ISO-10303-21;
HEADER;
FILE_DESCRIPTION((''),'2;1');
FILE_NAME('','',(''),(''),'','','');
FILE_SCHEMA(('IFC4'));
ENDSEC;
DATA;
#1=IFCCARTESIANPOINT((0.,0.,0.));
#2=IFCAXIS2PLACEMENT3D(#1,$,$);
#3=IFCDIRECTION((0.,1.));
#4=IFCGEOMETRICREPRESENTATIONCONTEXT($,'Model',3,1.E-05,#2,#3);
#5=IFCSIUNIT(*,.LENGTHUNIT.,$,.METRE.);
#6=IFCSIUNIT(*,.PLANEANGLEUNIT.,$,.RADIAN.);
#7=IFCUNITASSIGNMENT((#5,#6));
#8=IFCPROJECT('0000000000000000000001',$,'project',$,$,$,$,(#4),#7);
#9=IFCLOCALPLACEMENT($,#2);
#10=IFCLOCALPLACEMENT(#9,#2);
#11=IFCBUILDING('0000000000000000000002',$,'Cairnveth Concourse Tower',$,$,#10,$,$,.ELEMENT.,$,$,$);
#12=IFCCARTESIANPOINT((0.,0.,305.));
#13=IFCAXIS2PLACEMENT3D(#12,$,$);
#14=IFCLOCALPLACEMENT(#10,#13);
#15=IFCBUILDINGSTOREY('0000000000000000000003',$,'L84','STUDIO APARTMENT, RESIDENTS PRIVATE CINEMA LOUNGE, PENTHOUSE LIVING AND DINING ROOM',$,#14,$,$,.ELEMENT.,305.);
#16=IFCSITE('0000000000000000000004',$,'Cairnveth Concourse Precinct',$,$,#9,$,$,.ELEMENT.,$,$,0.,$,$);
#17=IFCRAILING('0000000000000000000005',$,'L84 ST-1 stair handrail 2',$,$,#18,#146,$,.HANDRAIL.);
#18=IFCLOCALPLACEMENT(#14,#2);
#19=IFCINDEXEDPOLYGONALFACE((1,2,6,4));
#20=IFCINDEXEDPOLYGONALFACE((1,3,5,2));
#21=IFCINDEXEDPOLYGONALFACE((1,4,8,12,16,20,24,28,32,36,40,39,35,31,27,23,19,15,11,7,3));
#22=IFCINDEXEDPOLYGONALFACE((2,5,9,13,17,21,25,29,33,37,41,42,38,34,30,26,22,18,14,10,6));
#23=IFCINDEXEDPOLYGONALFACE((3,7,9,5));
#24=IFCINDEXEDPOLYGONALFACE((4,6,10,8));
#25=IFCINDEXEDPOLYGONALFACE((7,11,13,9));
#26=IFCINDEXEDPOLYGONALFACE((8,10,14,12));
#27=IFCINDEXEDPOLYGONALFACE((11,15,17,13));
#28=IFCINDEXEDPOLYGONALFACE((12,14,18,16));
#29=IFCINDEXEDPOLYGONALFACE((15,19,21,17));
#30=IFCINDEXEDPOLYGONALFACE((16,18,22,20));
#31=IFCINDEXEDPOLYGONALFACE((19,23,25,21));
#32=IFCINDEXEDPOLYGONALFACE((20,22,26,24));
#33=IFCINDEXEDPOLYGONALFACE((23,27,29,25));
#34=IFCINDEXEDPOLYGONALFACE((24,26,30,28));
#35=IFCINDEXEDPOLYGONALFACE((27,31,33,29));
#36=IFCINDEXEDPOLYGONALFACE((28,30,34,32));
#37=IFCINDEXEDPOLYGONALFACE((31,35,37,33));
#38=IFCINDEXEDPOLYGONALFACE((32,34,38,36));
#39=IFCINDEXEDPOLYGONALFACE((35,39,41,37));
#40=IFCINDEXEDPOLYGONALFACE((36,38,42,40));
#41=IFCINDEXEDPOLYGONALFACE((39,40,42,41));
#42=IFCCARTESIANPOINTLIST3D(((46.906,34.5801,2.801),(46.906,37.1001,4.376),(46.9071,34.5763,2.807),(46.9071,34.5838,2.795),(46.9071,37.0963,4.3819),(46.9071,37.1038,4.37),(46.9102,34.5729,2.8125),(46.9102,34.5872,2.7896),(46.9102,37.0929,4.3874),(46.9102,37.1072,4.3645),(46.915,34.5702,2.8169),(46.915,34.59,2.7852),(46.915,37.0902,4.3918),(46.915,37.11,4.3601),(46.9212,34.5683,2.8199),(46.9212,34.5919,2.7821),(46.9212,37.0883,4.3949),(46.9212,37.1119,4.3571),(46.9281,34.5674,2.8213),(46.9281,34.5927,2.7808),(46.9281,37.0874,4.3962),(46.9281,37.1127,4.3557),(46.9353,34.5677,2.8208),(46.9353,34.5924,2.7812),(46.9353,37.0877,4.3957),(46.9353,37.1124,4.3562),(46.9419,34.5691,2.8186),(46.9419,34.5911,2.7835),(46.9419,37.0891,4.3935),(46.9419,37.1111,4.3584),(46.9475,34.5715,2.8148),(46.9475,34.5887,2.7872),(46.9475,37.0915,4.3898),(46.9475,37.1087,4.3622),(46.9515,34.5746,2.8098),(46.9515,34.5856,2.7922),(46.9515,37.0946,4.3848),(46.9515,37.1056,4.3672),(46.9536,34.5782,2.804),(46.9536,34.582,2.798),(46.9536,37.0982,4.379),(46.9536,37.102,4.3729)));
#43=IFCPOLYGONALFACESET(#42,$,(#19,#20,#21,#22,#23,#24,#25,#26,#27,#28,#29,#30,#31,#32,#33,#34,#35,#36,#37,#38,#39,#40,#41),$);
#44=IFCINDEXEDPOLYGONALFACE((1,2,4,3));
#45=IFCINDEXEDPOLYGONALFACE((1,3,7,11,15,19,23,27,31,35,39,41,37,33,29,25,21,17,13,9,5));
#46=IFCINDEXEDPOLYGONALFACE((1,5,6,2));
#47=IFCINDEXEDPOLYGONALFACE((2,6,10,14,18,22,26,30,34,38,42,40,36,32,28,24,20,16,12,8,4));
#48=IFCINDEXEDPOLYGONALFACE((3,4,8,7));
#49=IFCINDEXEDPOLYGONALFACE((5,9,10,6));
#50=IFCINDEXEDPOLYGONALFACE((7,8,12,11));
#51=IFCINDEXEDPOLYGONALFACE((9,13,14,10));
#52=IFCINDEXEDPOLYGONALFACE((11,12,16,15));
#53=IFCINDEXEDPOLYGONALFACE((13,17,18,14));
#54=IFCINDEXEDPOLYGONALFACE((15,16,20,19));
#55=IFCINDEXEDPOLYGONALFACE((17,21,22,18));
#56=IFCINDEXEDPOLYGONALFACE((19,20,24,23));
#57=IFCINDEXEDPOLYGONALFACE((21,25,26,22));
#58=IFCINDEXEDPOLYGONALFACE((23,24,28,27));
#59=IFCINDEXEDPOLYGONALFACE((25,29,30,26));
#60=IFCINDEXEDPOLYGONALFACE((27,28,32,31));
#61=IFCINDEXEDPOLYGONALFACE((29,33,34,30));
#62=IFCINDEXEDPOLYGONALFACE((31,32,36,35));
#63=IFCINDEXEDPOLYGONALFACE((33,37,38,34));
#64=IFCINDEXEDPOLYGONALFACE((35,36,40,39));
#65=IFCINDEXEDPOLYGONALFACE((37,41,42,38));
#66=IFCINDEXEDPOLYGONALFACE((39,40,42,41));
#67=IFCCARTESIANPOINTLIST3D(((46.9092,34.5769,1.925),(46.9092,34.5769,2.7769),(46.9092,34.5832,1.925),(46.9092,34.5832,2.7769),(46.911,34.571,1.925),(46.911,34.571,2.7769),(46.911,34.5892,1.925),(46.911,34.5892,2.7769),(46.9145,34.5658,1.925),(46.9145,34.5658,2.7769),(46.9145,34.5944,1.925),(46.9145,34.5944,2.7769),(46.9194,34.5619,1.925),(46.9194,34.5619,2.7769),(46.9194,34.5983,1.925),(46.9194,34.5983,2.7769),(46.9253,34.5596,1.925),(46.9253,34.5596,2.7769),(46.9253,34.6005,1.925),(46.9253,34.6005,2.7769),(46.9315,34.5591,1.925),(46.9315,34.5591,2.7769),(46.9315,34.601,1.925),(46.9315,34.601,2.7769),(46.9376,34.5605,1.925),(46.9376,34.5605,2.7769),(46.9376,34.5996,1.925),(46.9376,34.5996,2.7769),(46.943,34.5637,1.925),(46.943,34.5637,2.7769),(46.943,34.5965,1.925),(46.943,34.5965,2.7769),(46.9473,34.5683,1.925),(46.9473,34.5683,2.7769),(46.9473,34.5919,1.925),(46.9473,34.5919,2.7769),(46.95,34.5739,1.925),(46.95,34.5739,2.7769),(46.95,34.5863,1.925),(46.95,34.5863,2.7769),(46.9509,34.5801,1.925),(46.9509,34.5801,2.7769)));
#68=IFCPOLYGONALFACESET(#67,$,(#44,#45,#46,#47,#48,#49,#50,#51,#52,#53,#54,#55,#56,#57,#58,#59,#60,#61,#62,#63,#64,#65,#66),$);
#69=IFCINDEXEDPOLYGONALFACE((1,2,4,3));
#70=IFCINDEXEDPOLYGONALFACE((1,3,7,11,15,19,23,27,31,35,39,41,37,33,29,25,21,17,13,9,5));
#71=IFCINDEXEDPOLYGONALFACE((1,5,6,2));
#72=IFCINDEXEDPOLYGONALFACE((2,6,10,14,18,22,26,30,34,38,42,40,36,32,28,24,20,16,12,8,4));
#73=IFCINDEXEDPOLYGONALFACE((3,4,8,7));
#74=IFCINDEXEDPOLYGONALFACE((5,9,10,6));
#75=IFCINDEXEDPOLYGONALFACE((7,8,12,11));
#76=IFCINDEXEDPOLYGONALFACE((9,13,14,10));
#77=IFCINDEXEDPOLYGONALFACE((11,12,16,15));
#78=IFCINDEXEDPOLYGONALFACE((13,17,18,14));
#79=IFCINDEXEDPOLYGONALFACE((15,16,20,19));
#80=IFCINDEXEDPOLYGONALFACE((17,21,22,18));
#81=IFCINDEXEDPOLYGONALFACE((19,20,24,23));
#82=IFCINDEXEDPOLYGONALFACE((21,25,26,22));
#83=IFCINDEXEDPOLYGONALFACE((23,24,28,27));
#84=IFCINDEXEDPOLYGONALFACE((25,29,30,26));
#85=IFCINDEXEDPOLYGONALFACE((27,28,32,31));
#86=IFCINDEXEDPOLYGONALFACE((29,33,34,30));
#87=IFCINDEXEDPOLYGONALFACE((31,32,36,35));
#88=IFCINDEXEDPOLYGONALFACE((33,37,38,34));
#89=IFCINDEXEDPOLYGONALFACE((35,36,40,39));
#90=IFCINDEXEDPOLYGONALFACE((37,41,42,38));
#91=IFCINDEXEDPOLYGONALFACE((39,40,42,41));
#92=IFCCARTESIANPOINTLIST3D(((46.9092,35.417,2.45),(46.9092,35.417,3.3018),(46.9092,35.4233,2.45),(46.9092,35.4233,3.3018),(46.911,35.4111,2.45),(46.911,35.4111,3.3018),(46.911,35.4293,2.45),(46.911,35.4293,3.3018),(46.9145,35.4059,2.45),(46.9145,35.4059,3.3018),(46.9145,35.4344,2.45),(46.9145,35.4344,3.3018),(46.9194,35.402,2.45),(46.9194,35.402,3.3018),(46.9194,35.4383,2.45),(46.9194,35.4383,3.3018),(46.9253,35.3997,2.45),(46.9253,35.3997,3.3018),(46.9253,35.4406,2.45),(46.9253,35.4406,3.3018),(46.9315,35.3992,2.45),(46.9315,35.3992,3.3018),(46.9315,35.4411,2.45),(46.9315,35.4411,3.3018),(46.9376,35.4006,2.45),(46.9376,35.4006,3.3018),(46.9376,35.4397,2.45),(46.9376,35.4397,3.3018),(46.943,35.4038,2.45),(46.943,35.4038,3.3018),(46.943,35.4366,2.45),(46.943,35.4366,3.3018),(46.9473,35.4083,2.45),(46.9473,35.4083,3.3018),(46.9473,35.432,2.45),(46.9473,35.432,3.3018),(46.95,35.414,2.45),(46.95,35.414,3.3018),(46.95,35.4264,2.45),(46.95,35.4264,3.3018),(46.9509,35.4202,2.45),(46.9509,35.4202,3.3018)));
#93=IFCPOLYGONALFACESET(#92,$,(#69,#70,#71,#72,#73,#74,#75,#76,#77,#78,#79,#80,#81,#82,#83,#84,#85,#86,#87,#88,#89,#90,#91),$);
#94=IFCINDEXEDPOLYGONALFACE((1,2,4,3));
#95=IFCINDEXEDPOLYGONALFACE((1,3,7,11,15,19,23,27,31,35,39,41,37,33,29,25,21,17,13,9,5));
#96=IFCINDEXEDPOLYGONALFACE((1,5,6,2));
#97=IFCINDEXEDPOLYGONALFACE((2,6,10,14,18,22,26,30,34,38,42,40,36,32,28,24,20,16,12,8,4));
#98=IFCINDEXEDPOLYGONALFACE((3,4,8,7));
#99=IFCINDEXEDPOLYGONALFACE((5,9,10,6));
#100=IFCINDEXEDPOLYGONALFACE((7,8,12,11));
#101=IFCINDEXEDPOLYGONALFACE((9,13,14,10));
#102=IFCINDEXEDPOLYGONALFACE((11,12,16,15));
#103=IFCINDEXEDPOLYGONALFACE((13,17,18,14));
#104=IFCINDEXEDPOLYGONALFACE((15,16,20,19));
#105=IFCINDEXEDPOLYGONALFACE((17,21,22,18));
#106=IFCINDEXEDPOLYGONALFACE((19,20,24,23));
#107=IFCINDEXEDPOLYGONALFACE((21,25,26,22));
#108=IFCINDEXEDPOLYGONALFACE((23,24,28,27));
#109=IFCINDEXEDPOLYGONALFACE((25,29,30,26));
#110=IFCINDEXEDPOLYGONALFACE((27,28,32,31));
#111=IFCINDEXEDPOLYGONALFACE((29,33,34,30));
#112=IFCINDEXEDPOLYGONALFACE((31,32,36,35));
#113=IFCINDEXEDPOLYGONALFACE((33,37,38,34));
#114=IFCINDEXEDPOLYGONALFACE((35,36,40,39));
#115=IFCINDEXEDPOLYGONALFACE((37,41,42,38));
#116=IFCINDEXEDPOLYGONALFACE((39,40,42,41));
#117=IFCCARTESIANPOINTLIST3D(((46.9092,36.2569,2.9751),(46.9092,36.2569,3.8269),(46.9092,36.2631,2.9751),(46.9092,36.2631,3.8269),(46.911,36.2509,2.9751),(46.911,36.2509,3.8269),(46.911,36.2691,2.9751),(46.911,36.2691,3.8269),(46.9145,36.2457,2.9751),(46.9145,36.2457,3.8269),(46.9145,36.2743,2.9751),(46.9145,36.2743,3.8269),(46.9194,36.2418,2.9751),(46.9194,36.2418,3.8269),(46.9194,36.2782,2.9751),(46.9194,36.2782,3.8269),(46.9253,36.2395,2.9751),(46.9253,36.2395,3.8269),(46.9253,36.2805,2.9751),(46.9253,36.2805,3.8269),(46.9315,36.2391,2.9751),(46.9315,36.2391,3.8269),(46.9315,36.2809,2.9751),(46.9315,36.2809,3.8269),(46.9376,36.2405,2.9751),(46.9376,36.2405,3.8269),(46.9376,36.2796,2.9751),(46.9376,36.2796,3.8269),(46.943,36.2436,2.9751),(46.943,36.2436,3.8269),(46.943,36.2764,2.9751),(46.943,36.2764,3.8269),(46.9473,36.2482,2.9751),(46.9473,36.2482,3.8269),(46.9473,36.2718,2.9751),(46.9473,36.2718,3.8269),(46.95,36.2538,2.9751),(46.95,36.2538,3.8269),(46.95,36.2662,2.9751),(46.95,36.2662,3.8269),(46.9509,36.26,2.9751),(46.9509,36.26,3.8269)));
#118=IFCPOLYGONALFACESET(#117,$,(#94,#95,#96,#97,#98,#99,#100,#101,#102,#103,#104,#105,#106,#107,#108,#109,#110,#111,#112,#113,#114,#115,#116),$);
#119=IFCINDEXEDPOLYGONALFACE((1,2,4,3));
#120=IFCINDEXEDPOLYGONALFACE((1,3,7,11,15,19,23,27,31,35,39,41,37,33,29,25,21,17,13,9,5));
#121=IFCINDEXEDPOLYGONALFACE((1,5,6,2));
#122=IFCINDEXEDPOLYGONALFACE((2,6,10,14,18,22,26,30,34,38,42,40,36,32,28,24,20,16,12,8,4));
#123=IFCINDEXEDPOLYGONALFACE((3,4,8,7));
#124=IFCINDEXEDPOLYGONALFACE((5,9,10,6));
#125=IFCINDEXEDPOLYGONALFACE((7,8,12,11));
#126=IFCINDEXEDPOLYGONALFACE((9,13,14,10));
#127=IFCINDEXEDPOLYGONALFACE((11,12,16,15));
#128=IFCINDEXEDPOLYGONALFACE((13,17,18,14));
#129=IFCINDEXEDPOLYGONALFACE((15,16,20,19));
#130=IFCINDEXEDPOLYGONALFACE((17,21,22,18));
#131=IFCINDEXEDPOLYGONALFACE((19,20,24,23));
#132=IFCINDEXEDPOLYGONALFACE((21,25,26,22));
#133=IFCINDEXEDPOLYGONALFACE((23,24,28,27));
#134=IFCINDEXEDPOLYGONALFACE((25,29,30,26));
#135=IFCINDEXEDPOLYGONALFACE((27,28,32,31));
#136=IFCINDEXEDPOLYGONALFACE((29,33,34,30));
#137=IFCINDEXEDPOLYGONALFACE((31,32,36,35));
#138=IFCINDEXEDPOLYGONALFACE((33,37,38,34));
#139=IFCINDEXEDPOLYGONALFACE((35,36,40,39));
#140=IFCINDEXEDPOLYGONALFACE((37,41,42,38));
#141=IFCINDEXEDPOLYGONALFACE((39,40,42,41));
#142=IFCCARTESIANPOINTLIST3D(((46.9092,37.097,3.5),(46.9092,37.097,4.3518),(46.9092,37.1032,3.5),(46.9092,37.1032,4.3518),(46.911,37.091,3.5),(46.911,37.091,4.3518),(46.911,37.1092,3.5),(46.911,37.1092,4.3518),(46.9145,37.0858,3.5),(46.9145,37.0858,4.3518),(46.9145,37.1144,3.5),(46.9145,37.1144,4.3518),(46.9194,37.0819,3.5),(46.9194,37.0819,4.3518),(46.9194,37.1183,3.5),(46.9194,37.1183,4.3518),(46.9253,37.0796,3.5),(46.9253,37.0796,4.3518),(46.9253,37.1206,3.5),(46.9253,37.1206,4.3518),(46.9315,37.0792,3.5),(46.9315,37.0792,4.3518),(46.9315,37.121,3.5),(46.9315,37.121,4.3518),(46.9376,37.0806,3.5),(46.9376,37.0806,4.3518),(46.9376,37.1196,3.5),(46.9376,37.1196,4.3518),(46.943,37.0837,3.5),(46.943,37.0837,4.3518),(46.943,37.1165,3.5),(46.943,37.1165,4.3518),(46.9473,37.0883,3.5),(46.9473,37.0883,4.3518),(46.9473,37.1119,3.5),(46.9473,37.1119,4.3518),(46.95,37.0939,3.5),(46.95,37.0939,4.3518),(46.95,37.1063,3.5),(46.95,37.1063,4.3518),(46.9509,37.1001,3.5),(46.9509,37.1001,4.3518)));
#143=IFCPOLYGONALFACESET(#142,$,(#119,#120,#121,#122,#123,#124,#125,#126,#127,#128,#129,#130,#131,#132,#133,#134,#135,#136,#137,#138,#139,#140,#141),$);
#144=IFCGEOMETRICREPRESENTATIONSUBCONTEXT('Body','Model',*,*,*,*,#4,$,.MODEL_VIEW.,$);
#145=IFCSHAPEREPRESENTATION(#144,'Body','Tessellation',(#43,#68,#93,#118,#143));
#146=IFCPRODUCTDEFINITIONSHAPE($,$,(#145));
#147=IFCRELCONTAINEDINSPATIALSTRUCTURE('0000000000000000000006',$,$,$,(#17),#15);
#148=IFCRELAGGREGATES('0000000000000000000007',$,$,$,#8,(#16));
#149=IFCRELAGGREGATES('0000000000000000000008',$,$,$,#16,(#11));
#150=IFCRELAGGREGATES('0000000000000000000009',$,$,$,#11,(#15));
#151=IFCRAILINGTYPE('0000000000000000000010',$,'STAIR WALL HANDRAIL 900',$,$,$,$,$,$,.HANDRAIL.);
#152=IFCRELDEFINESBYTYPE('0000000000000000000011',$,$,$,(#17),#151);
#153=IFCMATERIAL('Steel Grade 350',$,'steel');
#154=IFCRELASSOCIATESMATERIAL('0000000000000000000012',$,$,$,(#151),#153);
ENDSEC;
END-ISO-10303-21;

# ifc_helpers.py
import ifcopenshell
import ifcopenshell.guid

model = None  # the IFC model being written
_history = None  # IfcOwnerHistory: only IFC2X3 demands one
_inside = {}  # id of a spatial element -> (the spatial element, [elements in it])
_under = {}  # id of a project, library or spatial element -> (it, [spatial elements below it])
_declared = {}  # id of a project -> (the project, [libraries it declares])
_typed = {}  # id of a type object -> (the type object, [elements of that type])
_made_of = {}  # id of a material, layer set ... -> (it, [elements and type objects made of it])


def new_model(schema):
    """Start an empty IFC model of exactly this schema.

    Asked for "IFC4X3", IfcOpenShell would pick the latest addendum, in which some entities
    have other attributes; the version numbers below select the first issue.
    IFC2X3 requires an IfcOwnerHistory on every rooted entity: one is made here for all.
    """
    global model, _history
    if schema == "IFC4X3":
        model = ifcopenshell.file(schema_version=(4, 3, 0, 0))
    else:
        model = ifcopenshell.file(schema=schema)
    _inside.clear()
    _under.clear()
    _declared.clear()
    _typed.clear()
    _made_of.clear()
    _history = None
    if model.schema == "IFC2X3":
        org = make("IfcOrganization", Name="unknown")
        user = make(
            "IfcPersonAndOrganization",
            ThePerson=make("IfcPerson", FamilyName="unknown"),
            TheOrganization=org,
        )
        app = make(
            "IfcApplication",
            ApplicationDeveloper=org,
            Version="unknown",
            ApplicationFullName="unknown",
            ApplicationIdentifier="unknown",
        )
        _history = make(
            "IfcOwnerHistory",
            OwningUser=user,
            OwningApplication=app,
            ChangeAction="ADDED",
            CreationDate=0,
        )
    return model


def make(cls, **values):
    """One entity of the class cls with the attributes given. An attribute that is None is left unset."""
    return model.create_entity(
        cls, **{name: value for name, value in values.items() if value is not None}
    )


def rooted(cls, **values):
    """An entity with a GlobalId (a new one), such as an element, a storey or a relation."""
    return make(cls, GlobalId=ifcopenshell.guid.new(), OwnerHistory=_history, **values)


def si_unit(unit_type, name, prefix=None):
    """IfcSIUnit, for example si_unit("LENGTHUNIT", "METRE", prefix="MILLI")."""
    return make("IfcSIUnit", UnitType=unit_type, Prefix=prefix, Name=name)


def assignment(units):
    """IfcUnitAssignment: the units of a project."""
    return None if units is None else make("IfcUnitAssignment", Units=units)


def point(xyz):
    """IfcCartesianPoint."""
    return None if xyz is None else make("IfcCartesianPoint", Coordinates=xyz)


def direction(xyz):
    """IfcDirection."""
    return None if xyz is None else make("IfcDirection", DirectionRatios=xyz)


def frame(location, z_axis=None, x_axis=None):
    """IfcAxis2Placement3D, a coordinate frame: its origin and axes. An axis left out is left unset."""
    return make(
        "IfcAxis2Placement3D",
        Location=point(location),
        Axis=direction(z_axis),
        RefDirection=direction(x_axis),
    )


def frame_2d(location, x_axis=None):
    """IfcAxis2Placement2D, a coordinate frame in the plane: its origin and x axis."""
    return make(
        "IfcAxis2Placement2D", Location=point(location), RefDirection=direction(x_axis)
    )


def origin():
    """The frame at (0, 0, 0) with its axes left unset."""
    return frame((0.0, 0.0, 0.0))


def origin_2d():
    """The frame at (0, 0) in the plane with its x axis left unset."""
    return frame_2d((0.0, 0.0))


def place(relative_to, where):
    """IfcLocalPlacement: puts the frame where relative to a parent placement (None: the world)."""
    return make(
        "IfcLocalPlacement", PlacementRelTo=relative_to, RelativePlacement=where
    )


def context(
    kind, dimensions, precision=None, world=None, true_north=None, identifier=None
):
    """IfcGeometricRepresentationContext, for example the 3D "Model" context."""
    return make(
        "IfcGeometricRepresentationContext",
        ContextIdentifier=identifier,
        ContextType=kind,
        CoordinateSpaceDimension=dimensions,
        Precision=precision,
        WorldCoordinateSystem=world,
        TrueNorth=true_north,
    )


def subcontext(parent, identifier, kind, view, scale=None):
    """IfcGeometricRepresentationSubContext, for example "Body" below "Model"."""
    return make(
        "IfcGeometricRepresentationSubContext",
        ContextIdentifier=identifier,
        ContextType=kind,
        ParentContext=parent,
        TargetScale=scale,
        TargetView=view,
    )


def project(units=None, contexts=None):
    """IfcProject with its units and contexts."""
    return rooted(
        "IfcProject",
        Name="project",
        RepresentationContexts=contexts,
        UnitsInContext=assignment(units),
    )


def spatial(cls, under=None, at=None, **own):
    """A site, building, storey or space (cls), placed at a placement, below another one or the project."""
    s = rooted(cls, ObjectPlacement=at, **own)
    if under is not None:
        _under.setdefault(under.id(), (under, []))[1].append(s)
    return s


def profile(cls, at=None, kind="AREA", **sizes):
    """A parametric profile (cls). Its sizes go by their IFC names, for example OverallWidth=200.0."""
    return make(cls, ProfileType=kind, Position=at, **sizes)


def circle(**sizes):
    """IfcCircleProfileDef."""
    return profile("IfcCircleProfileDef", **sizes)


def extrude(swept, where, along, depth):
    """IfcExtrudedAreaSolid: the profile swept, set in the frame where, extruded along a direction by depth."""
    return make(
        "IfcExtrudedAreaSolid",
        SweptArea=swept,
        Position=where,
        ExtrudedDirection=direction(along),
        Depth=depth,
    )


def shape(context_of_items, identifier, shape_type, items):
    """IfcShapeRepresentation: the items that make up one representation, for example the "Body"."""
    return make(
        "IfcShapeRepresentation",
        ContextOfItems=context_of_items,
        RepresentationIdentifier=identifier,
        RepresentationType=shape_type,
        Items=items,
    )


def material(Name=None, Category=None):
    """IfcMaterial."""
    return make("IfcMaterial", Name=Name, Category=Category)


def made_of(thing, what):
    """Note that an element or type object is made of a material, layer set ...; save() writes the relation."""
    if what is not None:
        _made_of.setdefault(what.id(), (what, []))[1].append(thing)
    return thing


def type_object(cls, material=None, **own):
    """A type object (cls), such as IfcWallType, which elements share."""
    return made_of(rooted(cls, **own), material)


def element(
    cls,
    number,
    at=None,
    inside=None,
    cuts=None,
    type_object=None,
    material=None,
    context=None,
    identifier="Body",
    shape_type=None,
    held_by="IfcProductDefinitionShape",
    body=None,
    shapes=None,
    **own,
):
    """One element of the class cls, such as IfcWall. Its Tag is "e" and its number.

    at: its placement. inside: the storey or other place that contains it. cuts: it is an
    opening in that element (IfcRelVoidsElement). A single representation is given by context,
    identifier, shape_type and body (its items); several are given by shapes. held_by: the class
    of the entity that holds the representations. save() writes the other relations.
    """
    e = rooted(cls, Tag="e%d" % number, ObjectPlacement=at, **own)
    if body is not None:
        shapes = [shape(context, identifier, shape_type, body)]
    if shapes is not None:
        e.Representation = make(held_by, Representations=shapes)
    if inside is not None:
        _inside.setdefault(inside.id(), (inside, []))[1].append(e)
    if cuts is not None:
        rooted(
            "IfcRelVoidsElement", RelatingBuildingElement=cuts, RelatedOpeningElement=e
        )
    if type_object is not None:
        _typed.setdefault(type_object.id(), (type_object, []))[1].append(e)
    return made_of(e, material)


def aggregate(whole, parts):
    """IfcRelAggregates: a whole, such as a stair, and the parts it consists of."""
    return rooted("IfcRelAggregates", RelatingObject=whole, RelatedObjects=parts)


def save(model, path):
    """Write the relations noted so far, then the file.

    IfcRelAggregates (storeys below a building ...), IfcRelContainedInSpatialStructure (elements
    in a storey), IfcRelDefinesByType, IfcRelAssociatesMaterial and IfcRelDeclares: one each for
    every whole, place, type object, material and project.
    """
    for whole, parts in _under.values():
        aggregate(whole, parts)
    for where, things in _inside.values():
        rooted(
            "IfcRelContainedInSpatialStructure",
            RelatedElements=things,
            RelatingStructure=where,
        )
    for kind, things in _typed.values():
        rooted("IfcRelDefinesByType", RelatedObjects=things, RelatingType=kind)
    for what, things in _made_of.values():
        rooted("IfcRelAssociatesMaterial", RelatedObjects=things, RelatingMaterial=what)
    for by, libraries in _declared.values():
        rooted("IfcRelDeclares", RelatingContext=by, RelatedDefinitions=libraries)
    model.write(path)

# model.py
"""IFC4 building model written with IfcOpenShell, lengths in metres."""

from ifc_helpers import new_model, si_unit, direction, frame, origin, origin_2d, place, context, subcontext, project, spatial, circle, extrude, material, type_object, element, save


model = new_model("IFC4")

# Units and contexts
model_context = context("Model", 3, precision=1e-05, world=origin(), true_north=direction((0.0, 1.0)))
body_context = subcontext(model_context, "Body", "Model", "MODEL_VIEW")
ifc_project = project(units=[si_unit("LENGTHUNIT", "METRE"), si_unit("PLANEANGLEUNIT", "RADIAN")], contexts=[model_context])

# Site, building, storey
site_placement = place(None, origin())
site = spatial("IfcSite", under=ifc_project, at=site_placement, Name="Cairnveth Concourse Precinct", CompositionType="ELEMENT", RefElevation=0.0)
building_placement = place(site_placement, origin())
building = spatial("IfcBuilding", under=site, at=building_placement, Name="Cairnveth Concourse Tower", CompositionType="ELEMENT")
storey_placement = place(building_placement, frame((0.0, 0.0, 305.0)))
storey = spatial("IfcBuildingStorey", under=building, at=storey_placement, Name="L84", Description="STUDIO APARTMENT, RESIDENTS PRIVATE CINEMA LOUNGE, PENTHOUSE LIVING AND DINING ROOM", CompositionType="ELEMENT", Elevation=305.0)

# Shared definitions
ifc_material_1 = material(Name="Steel Grade 350", Category="steel")

# Railing
railing_type_1 = type_object("IfcRailingType", Name="STAIR WALL HANDRAIL 900", PredefinedType="HANDRAIL", material=ifc_material_1)
railing_1_placement = place(storey_placement, frame((46.9299, 34.5801, 1.925)))
element("IfcRailing", 1, at=railing_1_placement, inside=storey, type_object=railing_type_1, Name="L84 ST-1 stair handrail 2", PredefinedType="HANDRAIL", context=body_context, shape_type="SweptSolid", body=[
    extrude(circle(Radius=0.0239, at=origin_2d()), frame((0.0, 0.0, 0.876), z_axis=(0.0, 0.848008, 0.529984), x_axis=(-1.0, 0.0, 0.0)), (0.0, 0.0, 1.0), 2.9717),
    extrude(circle(Radius=0.021, at=origin_2d()), origin(), (0.0, 0.0, 1.0), 0.8518),
    extrude(circle(Radius=0.021, at=origin_2d()), frame((0.0, 0.8401, 0.5249)), (0.0, 0.0, 1.0), 0.8518),
    extrude(circle(Radius=0.021, at=origin_2d()), frame((0.0, 1.6799, 1.05)), (0.0, 0.0, 1.0), 0.8518),
    extrude(circle(Radius=0.021, at=origin_2d()), frame((0.0, 2.52, 1.575)), (0.0, 0.0, 1.0), 0.8518),
])

save(model, "model.ifc")
